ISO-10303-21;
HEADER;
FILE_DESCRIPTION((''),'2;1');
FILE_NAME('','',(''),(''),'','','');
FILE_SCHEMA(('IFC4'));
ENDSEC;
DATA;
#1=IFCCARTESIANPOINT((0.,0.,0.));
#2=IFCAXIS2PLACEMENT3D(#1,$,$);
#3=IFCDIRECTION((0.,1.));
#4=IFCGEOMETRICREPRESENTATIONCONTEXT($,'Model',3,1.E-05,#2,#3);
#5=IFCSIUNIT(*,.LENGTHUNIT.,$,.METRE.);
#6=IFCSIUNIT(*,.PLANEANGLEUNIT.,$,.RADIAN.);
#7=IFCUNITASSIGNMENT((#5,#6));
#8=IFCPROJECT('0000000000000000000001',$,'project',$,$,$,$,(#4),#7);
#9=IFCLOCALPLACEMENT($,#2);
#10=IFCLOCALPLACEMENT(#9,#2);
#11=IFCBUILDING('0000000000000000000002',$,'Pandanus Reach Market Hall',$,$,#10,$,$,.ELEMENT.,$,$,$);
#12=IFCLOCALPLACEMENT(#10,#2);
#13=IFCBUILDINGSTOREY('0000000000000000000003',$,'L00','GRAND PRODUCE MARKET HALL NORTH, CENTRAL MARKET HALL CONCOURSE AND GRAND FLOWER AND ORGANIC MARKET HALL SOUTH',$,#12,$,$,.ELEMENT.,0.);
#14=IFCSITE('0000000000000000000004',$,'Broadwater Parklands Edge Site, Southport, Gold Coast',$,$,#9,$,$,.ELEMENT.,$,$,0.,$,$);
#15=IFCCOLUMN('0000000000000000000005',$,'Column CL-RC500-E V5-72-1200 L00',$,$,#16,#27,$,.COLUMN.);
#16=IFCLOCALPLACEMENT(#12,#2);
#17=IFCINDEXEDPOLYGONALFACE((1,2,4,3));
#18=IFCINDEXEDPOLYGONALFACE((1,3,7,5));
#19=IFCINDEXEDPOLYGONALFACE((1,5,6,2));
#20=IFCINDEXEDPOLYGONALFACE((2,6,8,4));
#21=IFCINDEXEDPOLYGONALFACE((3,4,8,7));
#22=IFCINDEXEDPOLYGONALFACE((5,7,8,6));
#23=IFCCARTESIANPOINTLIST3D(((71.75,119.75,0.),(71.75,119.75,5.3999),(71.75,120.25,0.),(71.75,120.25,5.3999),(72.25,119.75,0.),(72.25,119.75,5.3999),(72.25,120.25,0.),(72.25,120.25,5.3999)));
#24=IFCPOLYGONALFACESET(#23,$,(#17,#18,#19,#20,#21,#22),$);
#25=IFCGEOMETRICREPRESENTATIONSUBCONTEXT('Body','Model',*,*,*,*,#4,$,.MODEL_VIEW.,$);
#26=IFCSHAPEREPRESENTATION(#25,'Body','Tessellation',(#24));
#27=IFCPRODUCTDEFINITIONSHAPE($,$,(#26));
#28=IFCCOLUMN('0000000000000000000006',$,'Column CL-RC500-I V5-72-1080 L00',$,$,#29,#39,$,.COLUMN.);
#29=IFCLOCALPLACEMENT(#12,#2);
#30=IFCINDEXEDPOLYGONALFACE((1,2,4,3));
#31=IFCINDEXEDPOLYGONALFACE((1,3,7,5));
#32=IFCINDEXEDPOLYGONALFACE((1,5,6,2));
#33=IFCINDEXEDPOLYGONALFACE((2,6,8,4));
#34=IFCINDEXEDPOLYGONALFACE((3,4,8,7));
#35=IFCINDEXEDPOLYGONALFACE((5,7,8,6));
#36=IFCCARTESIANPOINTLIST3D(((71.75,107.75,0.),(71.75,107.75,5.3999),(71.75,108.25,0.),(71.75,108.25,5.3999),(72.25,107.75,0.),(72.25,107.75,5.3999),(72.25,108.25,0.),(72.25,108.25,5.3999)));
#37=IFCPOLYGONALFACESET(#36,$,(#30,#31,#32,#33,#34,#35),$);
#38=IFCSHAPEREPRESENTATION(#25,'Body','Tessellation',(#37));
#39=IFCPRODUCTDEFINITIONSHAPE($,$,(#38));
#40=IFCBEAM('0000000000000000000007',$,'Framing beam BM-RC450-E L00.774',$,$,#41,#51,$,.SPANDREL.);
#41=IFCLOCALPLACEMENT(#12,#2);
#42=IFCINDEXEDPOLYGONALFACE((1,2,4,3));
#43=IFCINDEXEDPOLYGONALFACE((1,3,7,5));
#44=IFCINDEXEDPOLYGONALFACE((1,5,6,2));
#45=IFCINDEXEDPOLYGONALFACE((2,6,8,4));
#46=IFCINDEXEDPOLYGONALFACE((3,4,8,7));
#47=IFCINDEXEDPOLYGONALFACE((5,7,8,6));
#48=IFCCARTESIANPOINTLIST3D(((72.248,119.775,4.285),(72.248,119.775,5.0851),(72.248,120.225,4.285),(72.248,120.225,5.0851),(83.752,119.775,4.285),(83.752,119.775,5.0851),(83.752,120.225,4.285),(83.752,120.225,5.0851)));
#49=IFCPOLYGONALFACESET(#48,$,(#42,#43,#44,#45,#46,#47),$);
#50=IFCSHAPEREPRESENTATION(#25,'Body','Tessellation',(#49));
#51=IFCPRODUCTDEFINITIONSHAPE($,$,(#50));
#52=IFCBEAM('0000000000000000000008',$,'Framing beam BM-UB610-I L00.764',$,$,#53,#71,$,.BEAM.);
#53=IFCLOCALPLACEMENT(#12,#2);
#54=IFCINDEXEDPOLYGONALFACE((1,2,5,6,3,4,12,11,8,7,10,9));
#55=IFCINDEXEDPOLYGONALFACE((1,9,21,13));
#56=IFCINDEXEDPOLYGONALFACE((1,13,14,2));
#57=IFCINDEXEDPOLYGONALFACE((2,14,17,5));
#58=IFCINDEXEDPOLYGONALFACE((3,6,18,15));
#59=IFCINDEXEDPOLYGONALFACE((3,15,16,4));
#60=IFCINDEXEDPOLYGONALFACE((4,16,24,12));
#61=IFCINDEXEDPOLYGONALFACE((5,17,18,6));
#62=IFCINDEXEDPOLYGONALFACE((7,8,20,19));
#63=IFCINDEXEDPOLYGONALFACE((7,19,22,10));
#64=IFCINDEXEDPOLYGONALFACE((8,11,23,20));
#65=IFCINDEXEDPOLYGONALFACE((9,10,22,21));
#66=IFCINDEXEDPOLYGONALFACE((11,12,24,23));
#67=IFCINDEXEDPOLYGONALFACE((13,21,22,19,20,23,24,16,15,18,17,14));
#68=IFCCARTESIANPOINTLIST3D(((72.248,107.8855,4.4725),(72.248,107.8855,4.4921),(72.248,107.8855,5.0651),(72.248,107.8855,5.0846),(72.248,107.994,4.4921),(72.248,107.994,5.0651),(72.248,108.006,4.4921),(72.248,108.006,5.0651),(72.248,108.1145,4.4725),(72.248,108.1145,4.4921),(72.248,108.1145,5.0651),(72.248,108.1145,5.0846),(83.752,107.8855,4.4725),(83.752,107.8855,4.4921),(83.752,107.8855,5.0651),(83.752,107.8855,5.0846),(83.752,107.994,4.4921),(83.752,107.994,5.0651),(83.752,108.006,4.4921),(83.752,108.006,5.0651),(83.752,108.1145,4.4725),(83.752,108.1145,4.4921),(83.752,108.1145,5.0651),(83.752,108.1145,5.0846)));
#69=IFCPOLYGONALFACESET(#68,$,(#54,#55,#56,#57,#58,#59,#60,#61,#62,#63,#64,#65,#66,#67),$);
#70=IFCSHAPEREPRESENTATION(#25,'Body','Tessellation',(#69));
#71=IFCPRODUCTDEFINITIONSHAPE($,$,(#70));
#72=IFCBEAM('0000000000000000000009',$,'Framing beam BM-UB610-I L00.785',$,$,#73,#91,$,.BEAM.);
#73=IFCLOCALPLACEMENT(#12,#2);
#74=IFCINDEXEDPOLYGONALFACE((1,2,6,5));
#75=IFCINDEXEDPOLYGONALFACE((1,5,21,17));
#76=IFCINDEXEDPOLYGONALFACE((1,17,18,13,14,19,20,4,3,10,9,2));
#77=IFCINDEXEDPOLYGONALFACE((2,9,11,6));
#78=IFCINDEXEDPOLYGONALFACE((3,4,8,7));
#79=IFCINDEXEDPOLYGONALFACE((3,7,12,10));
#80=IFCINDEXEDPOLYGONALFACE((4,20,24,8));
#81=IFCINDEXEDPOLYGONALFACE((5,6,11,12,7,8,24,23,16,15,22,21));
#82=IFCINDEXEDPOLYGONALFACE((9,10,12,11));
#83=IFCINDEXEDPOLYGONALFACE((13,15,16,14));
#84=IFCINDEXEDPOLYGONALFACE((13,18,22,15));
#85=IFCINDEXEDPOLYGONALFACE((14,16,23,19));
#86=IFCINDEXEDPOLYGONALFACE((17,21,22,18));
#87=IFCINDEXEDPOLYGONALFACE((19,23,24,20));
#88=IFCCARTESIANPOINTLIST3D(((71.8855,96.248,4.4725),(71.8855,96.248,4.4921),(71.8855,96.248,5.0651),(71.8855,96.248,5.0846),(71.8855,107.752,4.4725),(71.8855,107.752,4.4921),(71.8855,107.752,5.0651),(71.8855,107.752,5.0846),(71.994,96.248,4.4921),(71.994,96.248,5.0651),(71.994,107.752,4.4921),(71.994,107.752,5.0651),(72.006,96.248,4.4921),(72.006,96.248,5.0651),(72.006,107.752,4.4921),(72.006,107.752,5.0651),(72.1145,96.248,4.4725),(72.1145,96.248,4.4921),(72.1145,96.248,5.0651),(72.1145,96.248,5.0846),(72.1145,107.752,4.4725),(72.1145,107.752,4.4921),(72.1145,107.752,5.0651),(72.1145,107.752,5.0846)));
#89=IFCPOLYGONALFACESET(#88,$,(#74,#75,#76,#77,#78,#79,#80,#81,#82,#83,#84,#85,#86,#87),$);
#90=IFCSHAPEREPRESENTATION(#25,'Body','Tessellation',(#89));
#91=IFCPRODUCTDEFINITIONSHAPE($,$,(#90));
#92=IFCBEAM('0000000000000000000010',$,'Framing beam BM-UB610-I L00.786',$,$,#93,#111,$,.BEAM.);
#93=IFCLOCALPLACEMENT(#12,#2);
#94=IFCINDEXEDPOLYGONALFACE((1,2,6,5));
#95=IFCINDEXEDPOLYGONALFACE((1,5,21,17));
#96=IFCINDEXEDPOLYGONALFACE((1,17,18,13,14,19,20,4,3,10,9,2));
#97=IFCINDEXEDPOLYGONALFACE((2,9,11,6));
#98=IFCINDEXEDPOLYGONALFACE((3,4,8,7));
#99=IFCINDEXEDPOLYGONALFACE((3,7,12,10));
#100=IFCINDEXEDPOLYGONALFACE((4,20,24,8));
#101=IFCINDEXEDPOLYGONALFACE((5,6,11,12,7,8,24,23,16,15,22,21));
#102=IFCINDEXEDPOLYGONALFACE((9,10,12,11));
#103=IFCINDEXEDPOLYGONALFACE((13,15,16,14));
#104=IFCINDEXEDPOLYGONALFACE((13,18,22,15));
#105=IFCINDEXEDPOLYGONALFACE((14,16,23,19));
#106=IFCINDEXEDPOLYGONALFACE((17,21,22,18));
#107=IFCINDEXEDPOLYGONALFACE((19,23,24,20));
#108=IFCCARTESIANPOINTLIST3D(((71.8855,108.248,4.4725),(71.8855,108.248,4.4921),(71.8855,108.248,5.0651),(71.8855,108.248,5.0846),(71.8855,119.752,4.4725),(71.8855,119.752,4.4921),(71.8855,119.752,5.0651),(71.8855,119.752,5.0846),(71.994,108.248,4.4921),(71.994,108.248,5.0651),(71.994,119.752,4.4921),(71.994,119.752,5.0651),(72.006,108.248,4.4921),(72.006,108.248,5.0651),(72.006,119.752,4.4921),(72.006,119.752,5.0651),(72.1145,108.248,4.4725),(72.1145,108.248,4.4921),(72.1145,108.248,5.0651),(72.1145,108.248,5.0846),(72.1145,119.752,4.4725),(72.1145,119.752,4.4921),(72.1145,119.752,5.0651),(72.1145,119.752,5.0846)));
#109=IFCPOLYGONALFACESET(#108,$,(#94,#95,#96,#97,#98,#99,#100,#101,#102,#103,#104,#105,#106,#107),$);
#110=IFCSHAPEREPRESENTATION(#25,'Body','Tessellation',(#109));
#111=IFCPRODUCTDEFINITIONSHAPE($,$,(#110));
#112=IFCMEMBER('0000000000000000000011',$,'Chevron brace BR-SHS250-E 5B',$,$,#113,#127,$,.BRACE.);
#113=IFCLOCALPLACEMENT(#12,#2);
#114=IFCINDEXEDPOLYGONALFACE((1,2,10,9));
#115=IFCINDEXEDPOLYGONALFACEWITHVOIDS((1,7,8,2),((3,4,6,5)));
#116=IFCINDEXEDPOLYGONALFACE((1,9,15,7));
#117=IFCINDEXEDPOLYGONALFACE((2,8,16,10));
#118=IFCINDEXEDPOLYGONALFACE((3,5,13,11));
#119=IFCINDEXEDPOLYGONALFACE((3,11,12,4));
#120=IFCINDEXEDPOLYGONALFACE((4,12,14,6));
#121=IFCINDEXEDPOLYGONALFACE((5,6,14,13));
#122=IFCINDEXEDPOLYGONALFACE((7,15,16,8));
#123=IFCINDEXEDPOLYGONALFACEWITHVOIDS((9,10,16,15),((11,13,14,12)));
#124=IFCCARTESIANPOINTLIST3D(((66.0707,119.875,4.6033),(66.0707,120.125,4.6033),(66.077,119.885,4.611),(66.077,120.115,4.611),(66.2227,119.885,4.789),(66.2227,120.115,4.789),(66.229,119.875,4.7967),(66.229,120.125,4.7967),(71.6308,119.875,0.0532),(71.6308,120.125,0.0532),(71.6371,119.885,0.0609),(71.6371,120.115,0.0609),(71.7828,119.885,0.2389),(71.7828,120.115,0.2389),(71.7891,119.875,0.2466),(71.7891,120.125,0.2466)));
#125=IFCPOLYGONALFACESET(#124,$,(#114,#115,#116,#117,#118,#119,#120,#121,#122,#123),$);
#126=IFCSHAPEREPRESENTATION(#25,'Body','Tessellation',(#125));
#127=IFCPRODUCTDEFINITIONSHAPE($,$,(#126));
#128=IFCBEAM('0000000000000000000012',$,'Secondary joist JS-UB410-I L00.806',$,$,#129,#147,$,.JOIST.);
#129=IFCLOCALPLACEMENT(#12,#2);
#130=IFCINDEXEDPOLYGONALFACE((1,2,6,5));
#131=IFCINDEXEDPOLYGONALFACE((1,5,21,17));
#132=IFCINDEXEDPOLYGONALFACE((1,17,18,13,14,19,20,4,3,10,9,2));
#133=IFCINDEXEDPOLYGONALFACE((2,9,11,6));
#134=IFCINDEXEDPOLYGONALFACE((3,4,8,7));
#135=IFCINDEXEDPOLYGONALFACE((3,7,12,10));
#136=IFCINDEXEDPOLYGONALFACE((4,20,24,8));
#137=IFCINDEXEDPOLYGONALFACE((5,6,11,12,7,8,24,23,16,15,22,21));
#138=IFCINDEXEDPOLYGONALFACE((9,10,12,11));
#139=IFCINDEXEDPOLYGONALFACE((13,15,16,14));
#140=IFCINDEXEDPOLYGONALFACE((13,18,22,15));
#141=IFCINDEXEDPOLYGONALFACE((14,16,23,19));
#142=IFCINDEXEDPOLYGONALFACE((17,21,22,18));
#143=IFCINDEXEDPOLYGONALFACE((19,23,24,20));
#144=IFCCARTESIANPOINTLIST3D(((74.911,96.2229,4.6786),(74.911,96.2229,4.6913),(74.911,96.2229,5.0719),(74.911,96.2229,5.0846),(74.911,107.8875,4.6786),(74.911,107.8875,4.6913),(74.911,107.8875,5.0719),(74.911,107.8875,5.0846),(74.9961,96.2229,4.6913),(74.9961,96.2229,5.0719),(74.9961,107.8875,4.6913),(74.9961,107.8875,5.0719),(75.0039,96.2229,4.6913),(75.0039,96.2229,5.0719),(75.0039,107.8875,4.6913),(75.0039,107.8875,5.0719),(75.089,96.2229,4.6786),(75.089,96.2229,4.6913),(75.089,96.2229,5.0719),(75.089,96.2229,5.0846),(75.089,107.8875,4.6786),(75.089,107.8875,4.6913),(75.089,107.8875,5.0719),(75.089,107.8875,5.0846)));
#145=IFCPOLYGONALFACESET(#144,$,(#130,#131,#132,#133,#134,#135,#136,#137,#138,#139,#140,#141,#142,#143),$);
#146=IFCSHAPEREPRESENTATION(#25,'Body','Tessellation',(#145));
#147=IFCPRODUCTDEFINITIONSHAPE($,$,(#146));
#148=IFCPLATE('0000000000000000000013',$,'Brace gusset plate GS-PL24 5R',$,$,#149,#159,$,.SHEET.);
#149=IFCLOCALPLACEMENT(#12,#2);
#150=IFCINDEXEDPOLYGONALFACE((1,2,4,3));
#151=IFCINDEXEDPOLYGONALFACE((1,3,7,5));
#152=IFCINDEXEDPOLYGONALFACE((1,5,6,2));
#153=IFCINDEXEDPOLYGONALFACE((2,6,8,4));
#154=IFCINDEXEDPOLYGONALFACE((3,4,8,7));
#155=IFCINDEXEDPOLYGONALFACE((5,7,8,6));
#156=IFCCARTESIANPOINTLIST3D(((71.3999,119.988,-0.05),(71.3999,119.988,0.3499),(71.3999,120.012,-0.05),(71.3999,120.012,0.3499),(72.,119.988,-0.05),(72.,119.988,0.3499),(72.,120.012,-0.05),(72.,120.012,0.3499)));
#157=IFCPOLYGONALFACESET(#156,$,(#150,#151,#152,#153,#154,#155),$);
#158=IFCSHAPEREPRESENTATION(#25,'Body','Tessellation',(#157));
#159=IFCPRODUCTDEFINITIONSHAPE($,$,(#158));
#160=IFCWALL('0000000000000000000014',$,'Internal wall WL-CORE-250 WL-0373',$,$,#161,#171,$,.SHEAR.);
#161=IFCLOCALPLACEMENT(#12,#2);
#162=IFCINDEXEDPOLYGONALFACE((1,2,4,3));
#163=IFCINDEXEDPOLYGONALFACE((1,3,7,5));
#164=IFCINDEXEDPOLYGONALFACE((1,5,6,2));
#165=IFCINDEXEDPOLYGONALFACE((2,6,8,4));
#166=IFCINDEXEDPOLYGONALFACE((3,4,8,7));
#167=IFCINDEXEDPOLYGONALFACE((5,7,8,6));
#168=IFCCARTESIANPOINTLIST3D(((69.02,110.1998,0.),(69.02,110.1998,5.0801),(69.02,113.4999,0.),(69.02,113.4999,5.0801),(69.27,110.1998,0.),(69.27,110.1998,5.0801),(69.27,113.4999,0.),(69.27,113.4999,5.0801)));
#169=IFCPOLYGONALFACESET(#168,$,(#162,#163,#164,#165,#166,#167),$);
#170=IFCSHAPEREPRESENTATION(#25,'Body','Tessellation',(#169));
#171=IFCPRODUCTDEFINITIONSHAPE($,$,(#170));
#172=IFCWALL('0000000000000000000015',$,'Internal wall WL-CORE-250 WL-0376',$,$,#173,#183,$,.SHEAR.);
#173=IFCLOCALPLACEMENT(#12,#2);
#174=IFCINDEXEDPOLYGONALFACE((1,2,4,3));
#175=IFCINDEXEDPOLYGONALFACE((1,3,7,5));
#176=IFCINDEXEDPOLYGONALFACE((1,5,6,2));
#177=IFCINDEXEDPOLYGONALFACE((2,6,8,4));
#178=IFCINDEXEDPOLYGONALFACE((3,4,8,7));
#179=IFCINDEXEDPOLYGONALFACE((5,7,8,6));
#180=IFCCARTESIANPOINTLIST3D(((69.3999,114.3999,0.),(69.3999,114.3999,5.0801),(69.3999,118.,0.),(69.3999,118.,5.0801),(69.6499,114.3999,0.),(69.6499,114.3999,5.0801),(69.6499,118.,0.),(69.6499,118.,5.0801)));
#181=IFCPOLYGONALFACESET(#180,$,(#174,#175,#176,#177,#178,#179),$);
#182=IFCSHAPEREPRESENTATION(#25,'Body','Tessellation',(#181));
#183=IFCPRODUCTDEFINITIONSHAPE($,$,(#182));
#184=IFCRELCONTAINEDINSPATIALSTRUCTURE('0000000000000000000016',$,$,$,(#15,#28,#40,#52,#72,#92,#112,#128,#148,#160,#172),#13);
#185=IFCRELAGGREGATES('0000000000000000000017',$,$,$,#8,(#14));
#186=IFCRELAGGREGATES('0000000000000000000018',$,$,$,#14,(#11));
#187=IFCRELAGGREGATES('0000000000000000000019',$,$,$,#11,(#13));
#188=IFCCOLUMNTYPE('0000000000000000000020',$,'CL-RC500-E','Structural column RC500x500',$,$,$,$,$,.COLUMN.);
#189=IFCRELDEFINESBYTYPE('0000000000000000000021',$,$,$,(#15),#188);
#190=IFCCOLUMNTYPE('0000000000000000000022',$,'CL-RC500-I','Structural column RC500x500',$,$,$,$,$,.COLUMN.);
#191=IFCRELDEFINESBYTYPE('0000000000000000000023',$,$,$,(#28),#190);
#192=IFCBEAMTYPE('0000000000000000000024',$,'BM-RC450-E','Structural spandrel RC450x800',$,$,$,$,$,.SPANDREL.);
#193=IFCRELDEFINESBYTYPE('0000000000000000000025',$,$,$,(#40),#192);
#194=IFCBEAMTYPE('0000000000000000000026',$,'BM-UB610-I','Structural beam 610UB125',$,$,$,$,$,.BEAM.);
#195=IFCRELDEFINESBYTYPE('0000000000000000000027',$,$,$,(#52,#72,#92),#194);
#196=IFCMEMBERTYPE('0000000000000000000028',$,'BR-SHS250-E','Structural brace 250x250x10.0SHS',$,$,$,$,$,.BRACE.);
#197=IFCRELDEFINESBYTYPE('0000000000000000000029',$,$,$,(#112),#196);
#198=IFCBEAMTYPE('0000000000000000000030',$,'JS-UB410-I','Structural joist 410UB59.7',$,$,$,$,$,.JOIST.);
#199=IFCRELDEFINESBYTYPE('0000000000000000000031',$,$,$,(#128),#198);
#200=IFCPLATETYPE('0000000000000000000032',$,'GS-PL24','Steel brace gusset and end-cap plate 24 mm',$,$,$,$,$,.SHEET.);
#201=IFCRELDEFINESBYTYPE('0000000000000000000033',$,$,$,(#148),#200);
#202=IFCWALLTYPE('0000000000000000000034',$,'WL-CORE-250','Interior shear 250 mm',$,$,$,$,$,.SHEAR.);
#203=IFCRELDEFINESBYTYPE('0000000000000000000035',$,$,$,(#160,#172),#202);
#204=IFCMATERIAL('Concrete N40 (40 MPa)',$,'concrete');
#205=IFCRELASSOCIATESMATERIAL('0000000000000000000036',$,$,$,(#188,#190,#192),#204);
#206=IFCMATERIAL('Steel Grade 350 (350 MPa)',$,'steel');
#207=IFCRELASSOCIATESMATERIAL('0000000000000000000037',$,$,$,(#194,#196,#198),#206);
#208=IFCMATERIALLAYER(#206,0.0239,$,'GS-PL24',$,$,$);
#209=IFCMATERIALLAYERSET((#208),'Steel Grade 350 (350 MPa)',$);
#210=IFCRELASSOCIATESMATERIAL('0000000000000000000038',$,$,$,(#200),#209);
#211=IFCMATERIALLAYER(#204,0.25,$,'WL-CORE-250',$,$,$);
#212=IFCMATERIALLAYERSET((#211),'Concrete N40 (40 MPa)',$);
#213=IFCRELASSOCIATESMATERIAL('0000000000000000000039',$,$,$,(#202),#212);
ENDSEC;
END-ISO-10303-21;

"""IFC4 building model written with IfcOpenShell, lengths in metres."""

from ifc_helpers import new_model, si_unit, direction, frame, frame_2d, origin, origin_2d, place, context, subcontext, project, spatial, rectangle, hollow_rectangle, i_section, extrude, material, layer, layer_set, material_profile, profile_set, type_object, element, save


model = new_model("IFC4")

# Units and contexts
model_context = context("Model", 3, precision=1e-05, world=origin(), true_north=direction((0.0, 1.0)))
body_context = subcontext(model_context, "Body", "Model", "MODEL_VIEW")
ifc_project = project(units=[si_unit("LENGTHUNIT", "METRE"), si_unit("PLANEANGLEUNIT", "RADIAN")], contexts=[model_context])

# Site, building, storey
site_placement = place(None, origin())
site = spatial("IfcSite", under=ifc_project, at=site_placement, Name="Broadwater Parklands Edge Site, Southport, Gold Coast", CompositionType="ELEMENT", RefElevation=0.0)
building_placement = place(site_placement, origin())
building = spatial("IfcBuilding", under=site, at=building_placement, Name="Pandanus Reach Market Hall", CompositionType="ELEMENT")
storey_placement = place(building_placement, origin())
storey = spatial("IfcBuildingStorey", under=building, at=storey_placement, Name="L00", Description="GRAND PRODUCE MARKET HALL NORTH, CENTRAL MARKET HALL CONCOURSE AND GRAND FLOWER AND ORGANIC MARKET HALL SOUTH", CompositionType="ELEMENT", Elevation=0.0)

# Columns
ifc_material_1 = material(Name="Concrete N40 (40 MPa)", Category="concrete")
ifc_material_profile_1 = material_profile(ifc_material_1, rectangle(XDim=0.5, YDim=0.5, at=origin_2d()), Name="RC500x500", Category="LoadBearing")
ifc_profile_set_1 = profile_set([ifc_material_profile_1], Name="Concrete N40 (40 MPa)")
column_type_1 = type_object("IfcColumnType", Name="CL-RC500-E", Description="Structural column RC500x500", PredefinedType="COLUMN", material=ifc_profile_set_1)
column_1_placement = place(storey_placement, frame((72.0, 120.0, 0.0), z_axis=(0.0, 0.0, 1.0), x_axis=(1.0, 0.0, 0.0)))
element("IfcColumn", 1, at=column_1_placement, inside=storey, type_object=column_type_1, Name="Column CL-RC500-E V5-72-1200 L00", PredefinedType="COLUMN", context=body_context, shape_type="SweptSolid", body=[
    extrude(rectangle(XDim=0.5, YDim=0.5, at=origin_2d()), origin(), (0.0, 0.0, 1.0), 5.3999),
])
ifc_material_profile_2 = material_profile(ifc_material_1, rectangle(XDim=0.5, YDim=0.5, at=origin_2d()), Name="RC500x500", Category="LoadBearing")
ifc_profile_set_2 = profile_set([ifc_material_profile_2], Name="Concrete N40 (40 MPa)")
column_type_2 = type_object("IfcColumnType", Name="CL-RC500-I", Description="Structural column RC500x500", PredefinedType="COLUMN", material=ifc_profile_set_2)
column_2_placement = place(storey_placement, frame((72.0, 108.0, 0.0), z_axis=(0.0, 0.0, 1.0), x_axis=(1.0, 0.0, 0.0)))
element("IfcColumn", 2, at=column_2_placement, inside=storey, type_object=column_type_2, Name="Column CL-RC500-I V5-72-1080 L00", PredefinedType="COLUMN", context=body_context, shape_type="SweptSolid", body=[
    extrude(rectangle(XDim=0.5, YDim=0.5, at=origin_2d()), origin(), (0.0, 0.0, 1.0), 5.3999),
])

# Beams
ifc_material_profile_3 = material_profile(ifc_material_1, rectangle(XDim=0.45, YDim=0.8, at=origin_2d()), Name="RC450x800", Category="LoadBearing")
ifc_profile_set_3 = profile_set([ifc_material_profile_3], Name="Concrete N40 (40 MPa)")
beam_type_1 = type_object("IfcBeamType", Name="BM-RC450-E", Description="Structural spandrel RC450x800", PredefinedType="SPANDREL", material=ifc_profile_set_3)
beam_1_placement = place(storey_placement, frame((72.248, 120.0, 4.6851), z_axis=(1.0, 0.0, 0.0), x_axis=(0.0, 1.0, 0.0)))
element("IfcBeam", 3, at=beam_1_placement, inside=storey, type_object=beam_type_1, Name="Framing beam BM-RC450-E L00.774", PredefinedType="SPANDREL", context=body_context, shape_type="SweptSolid", body=[
    extrude(rectangle(XDim=0.45, YDim=0.8, at=origin_2d()), origin(), (0.0, 0.0, 1.0), 11.5039),
])
ifc_material_2 = material(Name="Steel Grade 350 (350 MPa)", Category="steel")
ifc_material_profile_4 = material_profile(ifc_material_2, i_section(OverallWidth=0.229, OverallDepth=0.6121, WebThickness=0.012, FlangeThickness=0.0195, at=origin_2d()), Name="610UB125", Category="LoadBearing")
ifc_profile_set_4 = profile_set([ifc_material_profile_4], Name="Steel Grade 350 (350 MPa)")
beam_type_2 = type_object("IfcBeamType", Name="BM-UB610-I", Description="Structural beam 610UB125", PredefinedType="BEAM", material=ifc_profile_set_4)
for number, where, z_axis, x_axis, name in (
    (4, (72.248, 108.0, 4.7786), (1.0, 0.0, 0.0), (0.0, 1.0, 0.0), "Framing beam BM-UB610-I L00.764"),
    (5, (72.0, 96.248, 4.7786), (0.0, 1.0, 0.0), (-1.0, 0.0, 0.0), "Framing beam BM-UB610-I L00.785"),
    (6, (72.0, 108.248, 4.7786), (0.0, 1.0, 0.0), (-1.0, 0.0, 0.0), "Framing beam BM-UB610-I L00.786"),
):
    element("IfcBeam", number, at=place(storey_placement, frame(where, z_axis=z_axis, x_axis=x_axis)), inside=storey, type_object=beam_type_2, Name=name, PredefinedType="BEAM", context=body_context, shape_type="SweptSolid", body=[
        extrude(i_section(OverallWidth=0.229, OverallDepth=0.6121, WebThickness=0.012, FlangeThickness=0.0195, at=origin_2d()), origin(), (0.0, 0.0, 1.0), 11.5039),
    ])

# Member
ifc_material_profile_5 = material_profile(ifc_material_2, hollow_rectangle(XDim=0.25, YDim=0.25, WallThickness=0.01, at=origin_2d()), Name="250x250x10.0SHS", Category="LoadBearing")
ifc_profile_set_5 = profile_set([ifc_material_profile_5], Name="Steel Grade 350 (350 MPa)")
member_type = type_object("IfcMemberType", Name="BR-SHS250-E", Description="Structural brace 250x250x10.0SHS", PredefinedType="BRACE", material=ifc_profile_set_5)
member_placement = place(storey_placement, frame((71.71, 120.0, 0.1499), z_axis=(-0.773895, 0.0, 0.633314), x_axis=(0.0, -1.0, 0.0)))
element("IfcMember", 7, at=member_placement, inside=storey, type_object=member_type, Name="Chevron brace BR-SHS250-E 5B", PredefinedType="BRACE", context=body_context, shape_type="SweptSolid", body=[
    extrude(hollow_rectangle(XDim=0.25, YDim=0.25, WallThickness=0.01, at=origin_2d()), origin(), (0.0, 0.0, 1.0), 7.1846),
])

# Beam
ifc_material_profile_6 = material_profile(ifc_material_2, i_section(OverallWidth=0.178, OverallDepth=0.406, WebThickness=0.0078, FlangeThickness=0.0127, at=origin_2d()), Name="410UB59.7", Category="LoadBearing")
ifc_profile_set_6 = profile_set([ifc_material_profile_6], Name="Steel Grade 350 (350 MPa)")
beam_type_3 = type_object("IfcBeamType", Name="JS-UB410-I", Description="Structural joist 410UB59.7", PredefinedType="JOIST", material=ifc_profile_set_6)
beam_2_placement = place(storey_placement, frame((75.0, 96.2229, 4.8816), z_axis=(0.0, 1.0, 0.0), x_axis=(-1.0, 0.0, 0.0)))
element("IfcBeam", 8, at=beam_2_placement, inside=storey, type_object=beam_type_3, Name="Secondary joist JS-UB410-I L00.806", PredefinedType="JOIST", context=body_context, shape_type="SweptSolid", body=[
    extrude(i_section(OverallWidth=0.178, OverallDepth=0.406, WebThickness=0.0078, FlangeThickness=0.0127, at=origin_2d()), origin(), (0.0, 0.0, 1.0), 11.6646),
])

# Plate
ifc_layer_1 = layer(ifc_material_2, 0.0239, Name="GS-PL24")
ifc_layer_set_1 = layer_set([ifc_layer_1], Name="Steel Grade 350 (350 MPa)")
plate_type = type_object("IfcPlateType", Name="GS-PL24", Description="Steel brace gusset and end-cap plate 24 mm", PredefinedType="SHEET", material=ifc_layer_set_1)
plate_placement = place(storey_placement, frame((71.7, 120.0, -0.05), z_axis=(0.0, 0.0, 1.0), x_axis=(1.0, 0.0, 0.0)))
element("IfcPlate", 9, at=plate_placement, inside=storey, type_object=plate_type, Name="Brace gusset plate GS-PL24 5R", PredefinedType="SHEET", context=body_context, shape_type="SweptSolid", body=[
    extrude(rectangle(XDim=0.6001, YDim=0.0239, at=origin_2d()), origin(), (0.0, 0.0, 1.0), 0.3999),
])

# Walls
ifc_layer_2 = layer(ifc_material_1, 0.25, Name="WL-CORE-250")
ifc_layer_set_2 = layer_set([ifc_layer_2], Name="Concrete N40 (40 MPa)")
wall_type_1 = type_object("IfcWallType", Name="WL-CORE-250", Description="Interior shear 250 mm", PredefinedType="SHEAR", material=ifc_layer_set_2)
wall_1_placement = place(storey_placement, frame((69.145, 110.2, 0.0), z_axis=(0.0, 0.0, 1.0), x_axis=(0.0, 1.0, 0.0)))
element("IfcWall", 10, at=wall_1_placement, inside=storey, type_object=wall_type_1, Name="Internal wall WL-CORE-250 WL-0373", PredefinedType="SHEAR", context=body_context, shape_type="SweptSolid", body=[
    extrude(rectangle(XDim=3.3, YDim=0.25, at=frame_2d((1.6499, 0.0))), origin(), (0.0, 0.0, 1.0), 5.0801),
])
wall_2_placement = place(storey_placement, frame((69.5249, 114.3999, 0.0), z_axis=(0.0, 0.0, 1.0), x_axis=(0.0, 1.0, 0.0)))
element("IfcWall", 11, at=wall_2_placement, inside=storey, type_object=wall_type_1, Name="Internal wall WL-CORE-250 WL-0376", PredefinedType="SHEAR", context=body_context, shape_type="SweptSolid", body=[
    extrude(rectangle(XDim=3.6001, YDim=0.25, at=frame_2d((1.8, 0.0))), origin(), (0.0, 0.0, 1.0), 5.0801),
])

save(model, "model.ifc")
